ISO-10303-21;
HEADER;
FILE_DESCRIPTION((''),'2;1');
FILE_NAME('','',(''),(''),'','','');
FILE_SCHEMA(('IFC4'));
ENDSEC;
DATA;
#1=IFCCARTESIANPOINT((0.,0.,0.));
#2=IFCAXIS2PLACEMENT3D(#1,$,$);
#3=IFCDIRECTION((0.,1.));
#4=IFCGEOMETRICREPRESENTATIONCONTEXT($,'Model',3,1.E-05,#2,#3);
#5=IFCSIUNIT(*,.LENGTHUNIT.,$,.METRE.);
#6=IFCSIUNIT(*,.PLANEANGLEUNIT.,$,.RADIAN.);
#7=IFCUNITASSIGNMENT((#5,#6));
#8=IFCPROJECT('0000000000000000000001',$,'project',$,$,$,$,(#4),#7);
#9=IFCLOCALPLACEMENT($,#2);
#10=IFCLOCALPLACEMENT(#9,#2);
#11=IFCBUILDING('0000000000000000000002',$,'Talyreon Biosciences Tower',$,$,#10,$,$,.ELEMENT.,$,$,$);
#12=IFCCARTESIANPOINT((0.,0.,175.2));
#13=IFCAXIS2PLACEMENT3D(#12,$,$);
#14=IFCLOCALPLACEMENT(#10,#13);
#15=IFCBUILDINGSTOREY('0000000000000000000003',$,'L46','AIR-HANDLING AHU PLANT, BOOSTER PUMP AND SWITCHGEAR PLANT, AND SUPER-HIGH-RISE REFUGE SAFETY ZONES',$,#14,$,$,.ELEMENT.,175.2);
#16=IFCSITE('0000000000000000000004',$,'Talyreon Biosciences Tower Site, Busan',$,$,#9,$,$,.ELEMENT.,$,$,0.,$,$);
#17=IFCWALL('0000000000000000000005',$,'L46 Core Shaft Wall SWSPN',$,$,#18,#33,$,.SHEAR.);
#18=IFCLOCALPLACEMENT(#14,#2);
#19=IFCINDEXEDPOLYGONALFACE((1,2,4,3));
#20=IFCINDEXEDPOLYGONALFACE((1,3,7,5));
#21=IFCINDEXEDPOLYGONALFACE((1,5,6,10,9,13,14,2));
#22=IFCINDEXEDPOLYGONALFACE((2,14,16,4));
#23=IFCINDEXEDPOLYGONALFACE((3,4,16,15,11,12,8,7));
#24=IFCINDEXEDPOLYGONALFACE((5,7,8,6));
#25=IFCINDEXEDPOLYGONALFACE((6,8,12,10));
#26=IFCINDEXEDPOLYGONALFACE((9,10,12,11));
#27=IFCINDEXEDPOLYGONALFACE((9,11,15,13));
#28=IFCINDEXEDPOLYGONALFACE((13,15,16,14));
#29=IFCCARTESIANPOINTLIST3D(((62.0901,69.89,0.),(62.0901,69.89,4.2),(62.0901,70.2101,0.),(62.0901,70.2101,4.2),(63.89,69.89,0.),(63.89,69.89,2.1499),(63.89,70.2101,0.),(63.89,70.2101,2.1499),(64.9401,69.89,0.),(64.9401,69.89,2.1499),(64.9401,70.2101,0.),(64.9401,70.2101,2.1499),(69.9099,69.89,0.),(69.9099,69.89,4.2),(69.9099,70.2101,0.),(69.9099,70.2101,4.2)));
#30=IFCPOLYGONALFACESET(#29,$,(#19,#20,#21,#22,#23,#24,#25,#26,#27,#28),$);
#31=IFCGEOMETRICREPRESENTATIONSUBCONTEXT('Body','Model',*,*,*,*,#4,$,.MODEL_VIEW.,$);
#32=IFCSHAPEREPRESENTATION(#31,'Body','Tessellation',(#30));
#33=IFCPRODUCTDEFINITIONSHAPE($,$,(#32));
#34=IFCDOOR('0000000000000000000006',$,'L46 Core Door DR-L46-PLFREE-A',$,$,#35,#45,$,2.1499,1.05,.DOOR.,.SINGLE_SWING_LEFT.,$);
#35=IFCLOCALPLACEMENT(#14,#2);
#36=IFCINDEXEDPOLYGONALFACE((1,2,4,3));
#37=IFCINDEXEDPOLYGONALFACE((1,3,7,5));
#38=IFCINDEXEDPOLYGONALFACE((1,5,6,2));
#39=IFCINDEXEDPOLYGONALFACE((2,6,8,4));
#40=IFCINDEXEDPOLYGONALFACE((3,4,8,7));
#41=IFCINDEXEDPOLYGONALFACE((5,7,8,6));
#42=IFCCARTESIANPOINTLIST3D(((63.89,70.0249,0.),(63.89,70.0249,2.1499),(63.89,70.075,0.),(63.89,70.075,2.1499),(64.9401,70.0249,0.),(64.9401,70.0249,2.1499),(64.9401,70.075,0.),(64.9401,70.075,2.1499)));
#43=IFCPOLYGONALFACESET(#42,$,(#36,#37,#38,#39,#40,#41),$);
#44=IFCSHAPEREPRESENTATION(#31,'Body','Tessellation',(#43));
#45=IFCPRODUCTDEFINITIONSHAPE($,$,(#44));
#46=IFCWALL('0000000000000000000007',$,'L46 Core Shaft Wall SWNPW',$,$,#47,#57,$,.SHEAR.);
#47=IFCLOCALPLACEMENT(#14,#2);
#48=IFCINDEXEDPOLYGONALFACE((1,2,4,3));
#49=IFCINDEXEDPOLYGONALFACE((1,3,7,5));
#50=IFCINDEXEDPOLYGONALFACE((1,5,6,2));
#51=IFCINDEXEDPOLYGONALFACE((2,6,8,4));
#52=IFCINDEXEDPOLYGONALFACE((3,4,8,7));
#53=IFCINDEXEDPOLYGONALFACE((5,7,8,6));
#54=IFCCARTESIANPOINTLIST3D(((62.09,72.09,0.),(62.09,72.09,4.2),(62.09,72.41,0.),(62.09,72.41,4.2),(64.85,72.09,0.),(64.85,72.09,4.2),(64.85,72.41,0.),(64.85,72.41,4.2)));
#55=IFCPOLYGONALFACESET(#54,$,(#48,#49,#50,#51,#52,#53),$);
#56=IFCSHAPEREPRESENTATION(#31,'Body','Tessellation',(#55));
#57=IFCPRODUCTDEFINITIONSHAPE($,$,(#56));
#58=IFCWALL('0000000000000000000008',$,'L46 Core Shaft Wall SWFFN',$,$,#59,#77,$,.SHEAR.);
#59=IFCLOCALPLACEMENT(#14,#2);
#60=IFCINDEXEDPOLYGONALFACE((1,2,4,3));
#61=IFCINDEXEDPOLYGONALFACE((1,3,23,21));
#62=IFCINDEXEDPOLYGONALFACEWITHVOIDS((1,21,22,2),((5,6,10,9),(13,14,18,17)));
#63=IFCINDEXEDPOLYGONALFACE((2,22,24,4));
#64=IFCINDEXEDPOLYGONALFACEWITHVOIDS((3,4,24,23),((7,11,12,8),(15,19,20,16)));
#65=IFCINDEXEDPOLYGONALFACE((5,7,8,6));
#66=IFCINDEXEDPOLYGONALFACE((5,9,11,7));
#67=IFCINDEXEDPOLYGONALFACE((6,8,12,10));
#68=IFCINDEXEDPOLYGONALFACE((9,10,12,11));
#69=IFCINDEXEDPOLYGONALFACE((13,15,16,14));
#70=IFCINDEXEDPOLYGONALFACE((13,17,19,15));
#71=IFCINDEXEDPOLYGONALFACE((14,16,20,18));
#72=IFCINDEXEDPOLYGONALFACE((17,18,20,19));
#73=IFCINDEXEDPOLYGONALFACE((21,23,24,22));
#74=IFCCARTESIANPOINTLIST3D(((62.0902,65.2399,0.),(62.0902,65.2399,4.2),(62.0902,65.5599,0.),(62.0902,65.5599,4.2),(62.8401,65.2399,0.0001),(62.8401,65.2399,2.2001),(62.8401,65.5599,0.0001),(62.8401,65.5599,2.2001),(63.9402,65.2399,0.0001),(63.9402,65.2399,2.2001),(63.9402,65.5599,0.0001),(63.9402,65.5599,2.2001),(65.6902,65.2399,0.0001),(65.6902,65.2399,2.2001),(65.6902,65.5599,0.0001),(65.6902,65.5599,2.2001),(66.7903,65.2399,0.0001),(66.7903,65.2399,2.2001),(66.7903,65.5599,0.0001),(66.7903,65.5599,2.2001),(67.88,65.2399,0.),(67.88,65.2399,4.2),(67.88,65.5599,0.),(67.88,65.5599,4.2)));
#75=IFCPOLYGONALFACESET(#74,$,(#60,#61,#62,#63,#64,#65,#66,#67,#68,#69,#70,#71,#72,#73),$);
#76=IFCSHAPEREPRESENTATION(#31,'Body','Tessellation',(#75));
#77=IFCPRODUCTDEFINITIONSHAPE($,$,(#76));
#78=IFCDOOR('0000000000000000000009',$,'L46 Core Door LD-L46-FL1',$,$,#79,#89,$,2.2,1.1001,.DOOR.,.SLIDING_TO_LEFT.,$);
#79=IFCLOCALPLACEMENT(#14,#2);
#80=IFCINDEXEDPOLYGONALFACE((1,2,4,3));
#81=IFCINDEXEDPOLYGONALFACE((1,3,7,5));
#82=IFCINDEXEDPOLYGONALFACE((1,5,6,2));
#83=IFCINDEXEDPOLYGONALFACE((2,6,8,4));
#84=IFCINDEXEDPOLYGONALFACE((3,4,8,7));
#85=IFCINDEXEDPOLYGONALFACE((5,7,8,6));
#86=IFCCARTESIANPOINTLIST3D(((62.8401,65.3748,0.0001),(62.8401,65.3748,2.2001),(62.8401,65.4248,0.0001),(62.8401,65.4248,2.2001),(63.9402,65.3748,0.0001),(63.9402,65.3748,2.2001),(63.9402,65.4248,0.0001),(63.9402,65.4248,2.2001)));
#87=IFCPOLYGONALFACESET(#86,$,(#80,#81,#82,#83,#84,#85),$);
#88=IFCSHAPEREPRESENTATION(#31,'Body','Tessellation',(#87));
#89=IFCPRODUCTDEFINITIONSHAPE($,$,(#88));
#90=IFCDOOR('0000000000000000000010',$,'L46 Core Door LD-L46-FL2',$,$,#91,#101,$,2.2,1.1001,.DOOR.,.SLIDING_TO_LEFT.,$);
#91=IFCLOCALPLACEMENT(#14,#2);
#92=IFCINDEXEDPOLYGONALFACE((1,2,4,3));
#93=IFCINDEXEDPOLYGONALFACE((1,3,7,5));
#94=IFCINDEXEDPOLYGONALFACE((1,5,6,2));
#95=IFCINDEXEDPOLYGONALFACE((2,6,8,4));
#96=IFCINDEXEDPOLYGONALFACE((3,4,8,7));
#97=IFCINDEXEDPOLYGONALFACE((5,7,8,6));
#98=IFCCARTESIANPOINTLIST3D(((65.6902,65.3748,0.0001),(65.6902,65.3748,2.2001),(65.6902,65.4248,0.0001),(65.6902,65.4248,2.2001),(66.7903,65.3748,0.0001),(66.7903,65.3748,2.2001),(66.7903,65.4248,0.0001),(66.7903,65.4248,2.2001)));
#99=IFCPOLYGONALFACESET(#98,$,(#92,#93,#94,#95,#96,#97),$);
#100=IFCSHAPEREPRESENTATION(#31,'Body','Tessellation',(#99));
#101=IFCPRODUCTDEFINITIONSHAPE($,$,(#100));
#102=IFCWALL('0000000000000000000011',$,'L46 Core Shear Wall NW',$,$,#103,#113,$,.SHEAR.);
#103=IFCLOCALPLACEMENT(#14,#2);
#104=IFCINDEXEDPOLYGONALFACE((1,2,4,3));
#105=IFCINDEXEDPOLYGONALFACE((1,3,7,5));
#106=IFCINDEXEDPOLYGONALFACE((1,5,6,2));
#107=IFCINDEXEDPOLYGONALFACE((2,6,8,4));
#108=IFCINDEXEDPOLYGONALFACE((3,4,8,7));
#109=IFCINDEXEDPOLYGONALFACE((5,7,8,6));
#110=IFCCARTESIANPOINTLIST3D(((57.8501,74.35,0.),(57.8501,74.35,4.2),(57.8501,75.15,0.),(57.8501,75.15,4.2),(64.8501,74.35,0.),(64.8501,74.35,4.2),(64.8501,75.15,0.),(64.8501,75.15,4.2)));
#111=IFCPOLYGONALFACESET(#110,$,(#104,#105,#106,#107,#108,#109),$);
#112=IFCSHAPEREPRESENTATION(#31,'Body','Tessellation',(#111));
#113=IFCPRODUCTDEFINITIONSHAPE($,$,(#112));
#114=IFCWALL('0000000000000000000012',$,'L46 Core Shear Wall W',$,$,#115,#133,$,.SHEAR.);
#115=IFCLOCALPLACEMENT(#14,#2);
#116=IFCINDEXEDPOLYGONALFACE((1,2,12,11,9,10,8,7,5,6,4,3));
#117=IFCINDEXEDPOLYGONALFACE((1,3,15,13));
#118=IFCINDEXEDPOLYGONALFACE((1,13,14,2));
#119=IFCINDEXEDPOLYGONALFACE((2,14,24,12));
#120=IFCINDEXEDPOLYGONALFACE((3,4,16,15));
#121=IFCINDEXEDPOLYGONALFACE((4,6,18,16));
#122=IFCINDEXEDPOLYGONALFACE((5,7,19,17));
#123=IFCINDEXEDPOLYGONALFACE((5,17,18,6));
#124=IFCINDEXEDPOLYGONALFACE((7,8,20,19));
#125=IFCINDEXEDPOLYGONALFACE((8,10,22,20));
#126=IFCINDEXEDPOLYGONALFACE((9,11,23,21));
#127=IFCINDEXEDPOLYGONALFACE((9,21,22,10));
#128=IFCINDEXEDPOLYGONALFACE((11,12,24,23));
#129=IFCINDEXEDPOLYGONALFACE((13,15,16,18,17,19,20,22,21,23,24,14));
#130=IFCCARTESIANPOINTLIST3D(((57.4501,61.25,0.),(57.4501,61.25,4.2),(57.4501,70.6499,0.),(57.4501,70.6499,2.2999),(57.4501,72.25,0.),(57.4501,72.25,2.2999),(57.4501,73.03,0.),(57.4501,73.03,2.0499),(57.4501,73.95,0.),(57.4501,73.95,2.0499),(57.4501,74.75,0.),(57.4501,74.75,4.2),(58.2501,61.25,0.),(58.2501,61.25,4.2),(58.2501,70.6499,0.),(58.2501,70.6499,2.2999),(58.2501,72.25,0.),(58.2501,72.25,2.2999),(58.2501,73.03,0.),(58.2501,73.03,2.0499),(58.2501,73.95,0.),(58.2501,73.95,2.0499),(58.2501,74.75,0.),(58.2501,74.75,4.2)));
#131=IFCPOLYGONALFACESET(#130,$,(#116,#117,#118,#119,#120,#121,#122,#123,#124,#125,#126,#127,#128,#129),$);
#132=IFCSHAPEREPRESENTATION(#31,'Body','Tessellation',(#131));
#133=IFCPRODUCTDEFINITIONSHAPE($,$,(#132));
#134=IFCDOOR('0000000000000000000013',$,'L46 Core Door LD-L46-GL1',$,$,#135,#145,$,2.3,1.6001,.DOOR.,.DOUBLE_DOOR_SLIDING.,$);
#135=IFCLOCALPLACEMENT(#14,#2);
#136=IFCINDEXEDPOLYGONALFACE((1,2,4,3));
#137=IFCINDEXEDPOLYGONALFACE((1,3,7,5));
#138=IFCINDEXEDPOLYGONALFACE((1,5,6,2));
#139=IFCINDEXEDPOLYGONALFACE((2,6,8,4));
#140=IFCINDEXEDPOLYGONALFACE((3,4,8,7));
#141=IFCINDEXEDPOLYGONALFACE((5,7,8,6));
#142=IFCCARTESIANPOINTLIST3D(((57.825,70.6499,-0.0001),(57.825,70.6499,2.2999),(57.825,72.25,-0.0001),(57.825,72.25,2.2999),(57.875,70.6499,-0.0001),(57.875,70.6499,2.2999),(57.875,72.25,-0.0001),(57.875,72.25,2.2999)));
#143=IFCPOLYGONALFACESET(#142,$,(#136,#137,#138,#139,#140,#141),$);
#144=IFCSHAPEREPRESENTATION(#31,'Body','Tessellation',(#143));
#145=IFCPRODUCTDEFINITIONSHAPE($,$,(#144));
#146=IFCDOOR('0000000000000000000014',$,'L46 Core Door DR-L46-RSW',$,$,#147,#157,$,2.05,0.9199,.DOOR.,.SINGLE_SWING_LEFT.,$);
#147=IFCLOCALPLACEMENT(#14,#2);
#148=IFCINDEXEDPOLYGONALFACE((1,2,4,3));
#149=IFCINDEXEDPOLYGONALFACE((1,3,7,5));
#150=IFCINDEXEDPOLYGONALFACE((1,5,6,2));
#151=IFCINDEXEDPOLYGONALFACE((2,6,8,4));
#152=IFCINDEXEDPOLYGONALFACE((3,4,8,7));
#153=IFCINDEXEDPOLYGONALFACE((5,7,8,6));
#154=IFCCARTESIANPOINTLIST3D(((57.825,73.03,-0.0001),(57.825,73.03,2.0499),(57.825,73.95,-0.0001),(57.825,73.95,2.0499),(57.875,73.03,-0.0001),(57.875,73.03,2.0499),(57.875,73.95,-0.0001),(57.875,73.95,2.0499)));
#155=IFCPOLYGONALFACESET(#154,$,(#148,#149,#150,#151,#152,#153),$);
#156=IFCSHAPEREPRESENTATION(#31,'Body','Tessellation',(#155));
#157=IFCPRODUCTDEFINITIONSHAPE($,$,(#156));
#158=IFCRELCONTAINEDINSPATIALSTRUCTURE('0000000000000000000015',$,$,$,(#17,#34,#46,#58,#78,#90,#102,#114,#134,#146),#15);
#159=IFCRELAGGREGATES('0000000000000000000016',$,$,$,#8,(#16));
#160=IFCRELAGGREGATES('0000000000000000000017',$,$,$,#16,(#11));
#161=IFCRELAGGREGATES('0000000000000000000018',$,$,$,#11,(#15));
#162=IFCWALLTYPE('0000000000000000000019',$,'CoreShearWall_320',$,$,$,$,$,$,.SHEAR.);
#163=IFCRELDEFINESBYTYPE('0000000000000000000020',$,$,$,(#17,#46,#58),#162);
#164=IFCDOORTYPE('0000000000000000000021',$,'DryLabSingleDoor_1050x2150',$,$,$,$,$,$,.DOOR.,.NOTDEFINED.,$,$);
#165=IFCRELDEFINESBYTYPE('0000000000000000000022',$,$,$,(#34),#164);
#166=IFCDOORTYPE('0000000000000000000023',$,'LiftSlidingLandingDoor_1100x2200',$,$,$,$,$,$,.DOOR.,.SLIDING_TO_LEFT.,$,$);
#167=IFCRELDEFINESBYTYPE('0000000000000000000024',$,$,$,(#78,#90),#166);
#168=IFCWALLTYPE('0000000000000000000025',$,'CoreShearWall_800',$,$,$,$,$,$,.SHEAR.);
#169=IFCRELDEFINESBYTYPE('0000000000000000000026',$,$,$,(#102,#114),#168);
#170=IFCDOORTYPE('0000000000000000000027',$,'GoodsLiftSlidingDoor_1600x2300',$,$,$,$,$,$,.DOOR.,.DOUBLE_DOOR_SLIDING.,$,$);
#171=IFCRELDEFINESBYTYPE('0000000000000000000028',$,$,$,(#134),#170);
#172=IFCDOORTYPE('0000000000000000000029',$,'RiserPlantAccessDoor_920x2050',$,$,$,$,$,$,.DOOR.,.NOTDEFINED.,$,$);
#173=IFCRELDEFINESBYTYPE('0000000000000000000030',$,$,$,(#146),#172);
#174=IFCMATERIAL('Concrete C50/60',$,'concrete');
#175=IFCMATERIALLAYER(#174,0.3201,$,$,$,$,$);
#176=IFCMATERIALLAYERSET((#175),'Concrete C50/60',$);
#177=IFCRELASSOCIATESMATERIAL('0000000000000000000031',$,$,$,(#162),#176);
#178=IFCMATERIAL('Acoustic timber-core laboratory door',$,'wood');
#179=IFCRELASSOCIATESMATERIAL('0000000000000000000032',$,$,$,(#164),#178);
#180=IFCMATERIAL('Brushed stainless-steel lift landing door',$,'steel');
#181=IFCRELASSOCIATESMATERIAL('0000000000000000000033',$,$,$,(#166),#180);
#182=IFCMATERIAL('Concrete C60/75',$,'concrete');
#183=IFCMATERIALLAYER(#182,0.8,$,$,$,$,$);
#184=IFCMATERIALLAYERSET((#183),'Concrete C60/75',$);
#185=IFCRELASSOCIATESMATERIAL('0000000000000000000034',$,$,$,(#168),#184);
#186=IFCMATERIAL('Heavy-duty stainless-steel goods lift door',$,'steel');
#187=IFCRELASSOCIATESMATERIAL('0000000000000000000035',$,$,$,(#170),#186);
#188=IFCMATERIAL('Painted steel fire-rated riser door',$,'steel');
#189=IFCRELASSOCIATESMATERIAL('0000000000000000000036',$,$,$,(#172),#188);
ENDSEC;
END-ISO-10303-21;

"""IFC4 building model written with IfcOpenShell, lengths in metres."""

from ifc_helpers import new_model, si_unit, direction, frame, frame_2d, origin, place, context, subcontext, project, spatial, rectangle, extrude, material, layer, layer_set, type_object, element, fill, save


model = new_model("IFC4")

# Units and contexts
model_context = context("Model", 3, precision=1e-05, world=origin(), true_north=direction((0.0, 1.0)))
body_context = subcontext(model_context, "Body", "Model", "MODEL_VIEW")
ifc_project = project(units=[si_unit("LENGTHUNIT", "METRE"), si_unit("PLANEANGLEUNIT", "RADIAN")], contexts=[model_context])

# Site, building, storey
site_placement = place(None, origin())
site = spatial("IfcSite", under=ifc_project, at=site_placement, Name="Talyreon Biosciences Tower Site, Busan", CompositionType="ELEMENT", RefElevation=0.0)
building_placement = place(site_placement, origin())
building = spatial("IfcBuilding", under=site, at=building_placement, Name="Talyreon Biosciences Tower", CompositionType="ELEMENT")
storey_placement = place(building_placement, frame((0.0, 0.0, 175.2)))
storey = spatial("IfcBuildingStorey", under=building, at=storey_placement, Name="L46", Description="AIR-HANDLING AHU PLANT, BOOSTER PUMP AND SWITCHGEAR PLANT, AND SUPER-HIGH-RISE REFUGE SAFETY ZONES", CompositionType="ELEMENT", Elevation=175.2)

# Shared definitions
ifc_material_1 = material(Name="Concrete C50/60", Category="concrete")

# Shared definitions
ifc_material_2 = material(Name="Concrete C60/75", Category="concrete")

# Shared definitions
ifc_layer_1 = layer(ifc_material_1, 0.3201)
ifc_layer_set_1 = layer_set([ifc_layer_1], Name="Concrete C50/60")
wall_type_1 = type_object("IfcWallType", Name="CoreShearWall_320", PredefinedType="SHEAR", material=ifc_layer_set_1)

# Wall, opening, door
wall_1_placement = place(storey_placement, frame((62.0901, 70.05, 0.0), z_axis=(0.0, 0.0, 1.0), x_axis=(1.0, 0.0, 0.0)))
wall_1 = element("IfcWall", 1, at=wall_1_placement, inside=storey, type_object=wall_type_1, Name="L46 Core Shaft Wall SWSPN", PredefinedType="SHEAR", context=body_context, shape_type="SweptSolid", body=[
    extrude(rectangle(XDim=7.8198, YDim=0.3201, at=frame_2d((3.9099, 0.0))), origin(), (0.0, 0.0, 1.0), 4.2),
])
opening_1_placement = place(wall_1_placement, frame((1.8, 0.0, 0.0)))
opening_1 = element("IfcOpeningElement", 2, at=opening_1_placement, cuts=wall_1, PredefinedType="OPENING", context=body_context, shape_type="SweptSolid", body=[
    extrude(rectangle(XDim=1.05, YDim=2.1499, at=frame_2d((0.5249, 1.075))), frame((0.0, 0.1699, 0.0), z_axis=(0.0, -1.0, 0.0), x_axis=(1.0, 0.0, 0.0)), (0.0, 0.0, 1.0), 0.3401),
])
ifc_material_3 = material(Name="Acoustic timber-core laboratory door", Category="wood")
door_type_1 = type_object("IfcDoorType", Name="DryLabSingleDoor_1050x2150", OperationType="NOTDEFINED", PredefinedType="DOOR", material=ifc_material_3)
door_1_placement = place(opening_1_placement, origin())
door_1 = element("IfcDoor", 3, at=door_1_placement, inside=storey, type_object=door_type_1, Name="L46 Core Door DR-L46-PLFREE-A", OperationType="SINGLE_SWING_LEFT", OverallHeight=2.1499, OverallWidth=1.05, PredefinedType="DOOR", context=body_context, shape_type="SweptSolid", body=[
    extrude(rectangle(XDim=1.05, YDim=2.1499, at=frame_2d((0.5249, 1.075))), frame((0.0, 0.0249, 0.0), z_axis=(0.0, -1.0, 0.0), x_axis=(1.0, 0.0, 0.0)), (0.0, 0.0, 1.0), 0.05),
])
fill(opening_1, door_1)

# Wall
wall_2_placement = place(storey_placement, frame((62.0901, 72.25, 0.0), z_axis=(0.0, 0.0, 1.0), x_axis=(1.0, 0.0, 0.0)))
element("IfcWall", 4, at=wall_2_placement, inside=storey, type_object=wall_type_1, Name="L46 Core Shaft Wall SWNPW", PredefinedType="SHEAR", context=body_context, shape_type="SweptSolid", body=[
    extrude(rectangle(XDim=2.76, YDim=0.3201, at=frame_2d((1.3799, 0.0))), origin(), (0.0, 0.0, 1.0), 4.2),
])

# Wall, openings, doors
wall_3_placement = place(storey_placement, frame((62.0901, 65.3999, 0.0), z_axis=(0.0, 0.0, 1.0), x_axis=(1.0, 0.0, 0.0)))
wall_3 = element("IfcWall", 5, at=wall_3_placement, inside=storey, type_object=wall_type_1, Name="L46 Core Shaft Wall SWFFN", PredefinedType="SHEAR", context=body_context, shape_type="SweptSolid", body=[
    extrude(rectangle(XDim=5.7898, YDim=0.3201, at=frame_2d((2.895, 0.0))), origin(), (0.0, 0.0, 1.0), 4.2),
])
opening_2_placement = place(wall_3_placement, frame((0.75, 0.0, 0.0)))
opening_2 = element("IfcOpeningElement", 6, at=opening_2_placement, cuts=wall_3, PredefinedType="OPENING", context=body_context, shape_type="SweptSolid", body=[
    extrude(rectangle(XDim=1.1001, YDim=2.2, at=frame_2d((0.55, 1.1001))), frame((0.0, 0.1699, 0.0), z_axis=(0.0, -1.0, 0.0), x_axis=(1.0, 0.0, 0.0)), (0.0, 0.0, 1.0), 0.3401),
])
opening_3_placement = place(wall_3_placement, frame((3.6001, 0.0, 0.0)))
opening_3 = element("IfcOpeningElement", 7, at=opening_3_placement, cuts=wall_3, PredefinedType="OPENING", context=body_context, shape_type="SweptSolid", body=[
    extrude(rectangle(XDim=1.1001, YDim=2.2, at=frame_2d((0.55, 1.1001))), frame((0.0, 0.1699, 0.0), z_axis=(0.0, -1.0, 0.0), x_axis=(1.0, 0.0, 0.0)), (0.0, 0.0, 1.0), 0.3401),
])
ifc_material_4 = material(Name="Brushed stainless-steel lift landing door", Category="steel")
door_type_2 = type_object("IfcDoorType", Name="LiftSlidingLandingDoor_1100x2200", OperationType="SLIDING_TO_LEFT", PredefinedType="DOOR", material=ifc_material_4)
door_2_placement = place(opening_2_placement, origin())
door_2 = element("IfcDoor", 8, at=door_2_placement, inside=storey, type_object=door_type_2, Name="L46 Core Door LD-L46-FL1", OperationType="SLIDING_TO_LEFT", OverallHeight=2.2, OverallWidth=1.1001, PredefinedType="DOOR", context=body_context, shape_type="SweptSolid", body=[
    extrude(rectangle(XDim=1.1001, YDim=2.2, at=frame_2d((0.55, 1.1001))), frame((0.0, 0.0249, 0.0), z_axis=(0.0, -1.0, 0.0), x_axis=(1.0, 0.0, 0.0)), (0.0, 0.0, 1.0), 0.05),
])
fill(opening_2, door_2)
door_3_placement = place(opening_3_placement, origin())
door_3 = element("IfcDoor", 9, at=door_3_placement, inside=storey, type_object=door_type_2, Name="L46 Core Door LD-L46-FL2", OperationType="SLIDING_TO_LEFT", OverallHeight=2.2, OverallWidth=1.1001, PredefinedType="DOOR", context=body_context, shape_type="SweptSolid", body=[
    extrude(rectangle(XDim=1.1001, YDim=2.2, at=frame_2d((0.55, 1.1001))), frame((0.0, 0.0249, 0.0), z_axis=(0.0, -1.0, 0.0), x_axis=(1.0, 0.0, 0.0)), (0.0, 0.0, 1.0), 0.05),
])
fill(opening_3, door_3)

# Wall
ifc_layer_2 = layer(ifc_material_2, 0.8)
ifc_layer_set_2 = layer_set([ifc_layer_2], Name="Concrete C60/75")
wall_type_2 = type_object("IfcWallType", Name="CoreShearWall_800", PredefinedType="SHEAR", material=ifc_layer_set_2)
wall_4_placement = place(storey_placement, frame((64.8501, 74.75, 0.0), z_axis=(0.0, 0.0, 1.0), x_axis=(-1.0, 0.0, 0.0)))
element("IfcWall", 10, at=wall_4_placement, inside=storey, type_object=wall_type_2, Name="L46 Core Shear Wall NW", PredefinedType="SHEAR", context=body_context, shape_type="SweptSolid", body=[
    extrude(rectangle(XDim=7.0, YDim=0.8, at=frame_2d((3.5, 0.0))), origin(), (0.0, 0.0, 1.0), 4.2),
])

# Wall, openings, doors
wall_5_placement = place(storey_placement, frame((57.8501, 74.75, 0.0), z_axis=(0.0, 0.0, 1.0), x_axis=(0.0, -1.0, 0.0)))
wall_5 = element("IfcWall", 11, at=wall_5_placement, inside=storey, type_object=wall_type_2, Name="L46 Core Shear Wall W", PredefinedType="SHEAR", context=body_context, shape_type="SweptSolid", body=[
    extrude(rectangle(XDim=13.5, YDim=0.8, at=frame_2d((6.75, 0.0))), origin(), (0.0, 0.0, 1.0), 4.2),
])
opening_4_placement = place(wall_5_placement, frame((0.8, 0.0, 0.0)))
opening_4 = element("IfcOpeningElement", 12, at=opening_4_placement, cuts=wall_5, PredefinedType="OPENING", context=body_context, shape_type="SweptSolid", body=[
    extrude(rectangle(XDim=0.9199, YDim=2.05, at=frame_2d((0.46, 1.0249))), frame((0.0, 0.4099, 0.0), z_axis=(0.0, -1.0, 0.0), x_axis=(1.0, 0.0, 0.0)), (0.0, 0.0, 1.0), 0.8201),
])
opening_5_placement = place(wall_5_placement, frame((2.5, 0.0, 0.0)))
opening_5 = element("IfcOpeningElement", 13, at=opening_5_placement, cuts=wall_5, PredefinedType="OPENING", context=body_context, shape_type="SweptSolid", body=[
    extrude(rectangle(XDim=1.6001, YDim=2.3, at=frame_2d((0.8, 1.1499))), frame((0.0, 0.4099, 0.0), z_axis=(0.0, -1.0, 0.0), x_axis=(1.0, 0.0, 0.0)), (0.0, 0.0, 1.0), 0.8201),
])
ifc_material_5 = material(Name="Heavy-duty stainless-steel goods lift door", Category="steel")
door_type_3 = type_object("IfcDoorType", Name="GoodsLiftSlidingDoor_1600x2300", OperationType="DOUBLE_DOOR_SLIDING", PredefinedType="DOOR", material=ifc_material_5)
door_4_placement = place(opening_5_placement, origin())
door_4 = element("IfcDoor", 14, at=door_4_placement, inside=storey, type_object=door_type_3, Name="L46 Core Door LD-L46-GL1", OperationType="DOUBLE_DOOR_SLIDING", OverallHeight=2.3, OverallWidth=1.6001, PredefinedType="DOOR", context=body_context, shape_type="SweptSolid", body=[
    extrude(rectangle(XDim=1.6001, YDim=2.3, at=frame_2d((0.8, 1.1499))), frame((0.0, 0.0249, 0.0), z_axis=(0.0, -1.0, 0.0), x_axis=(1.0, 0.0, 0.0)), (0.0, 0.0, 1.0), 0.05),
])
fill(opening_5, door_4)
ifc_material_6 = material(Name="Painted steel fire-rated riser door", Category="steel")
door_type_4 = type_object("IfcDoorType", Name="RiserPlantAccessDoor_920x2050", OperationType="NOTDEFINED", PredefinedType="DOOR", material=ifc_material_6)
door_5_placement = place(opening_4_placement, origin())
door_5 = element("IfcDoor", 15, at=door_5_placement, inside=storey, type_object=door_type_4, Name="L46 Core Door DR-L46-RSW", OperationType="SINGLE_SWING_LEFT", OverallHeight=2.05, OverallWidth=0.9199, PredefinedType="DOOR", context=body_context, shape_type="SweptSolid", body=[
    extrude(rectangle(XDim=0.9199, YDim=2.05, at=frame_2d((0.46, 1.0249))), frame((0.0, 0.0249, 0.0), z_axis=(0.0, -1.0, 0.0), x_axis=(1.0, 0.0, 0.0)), (0.0, 0.0, 1.0), 0.05),
])
fill(opening_4, door_5)

save(model, "model.ifc")
